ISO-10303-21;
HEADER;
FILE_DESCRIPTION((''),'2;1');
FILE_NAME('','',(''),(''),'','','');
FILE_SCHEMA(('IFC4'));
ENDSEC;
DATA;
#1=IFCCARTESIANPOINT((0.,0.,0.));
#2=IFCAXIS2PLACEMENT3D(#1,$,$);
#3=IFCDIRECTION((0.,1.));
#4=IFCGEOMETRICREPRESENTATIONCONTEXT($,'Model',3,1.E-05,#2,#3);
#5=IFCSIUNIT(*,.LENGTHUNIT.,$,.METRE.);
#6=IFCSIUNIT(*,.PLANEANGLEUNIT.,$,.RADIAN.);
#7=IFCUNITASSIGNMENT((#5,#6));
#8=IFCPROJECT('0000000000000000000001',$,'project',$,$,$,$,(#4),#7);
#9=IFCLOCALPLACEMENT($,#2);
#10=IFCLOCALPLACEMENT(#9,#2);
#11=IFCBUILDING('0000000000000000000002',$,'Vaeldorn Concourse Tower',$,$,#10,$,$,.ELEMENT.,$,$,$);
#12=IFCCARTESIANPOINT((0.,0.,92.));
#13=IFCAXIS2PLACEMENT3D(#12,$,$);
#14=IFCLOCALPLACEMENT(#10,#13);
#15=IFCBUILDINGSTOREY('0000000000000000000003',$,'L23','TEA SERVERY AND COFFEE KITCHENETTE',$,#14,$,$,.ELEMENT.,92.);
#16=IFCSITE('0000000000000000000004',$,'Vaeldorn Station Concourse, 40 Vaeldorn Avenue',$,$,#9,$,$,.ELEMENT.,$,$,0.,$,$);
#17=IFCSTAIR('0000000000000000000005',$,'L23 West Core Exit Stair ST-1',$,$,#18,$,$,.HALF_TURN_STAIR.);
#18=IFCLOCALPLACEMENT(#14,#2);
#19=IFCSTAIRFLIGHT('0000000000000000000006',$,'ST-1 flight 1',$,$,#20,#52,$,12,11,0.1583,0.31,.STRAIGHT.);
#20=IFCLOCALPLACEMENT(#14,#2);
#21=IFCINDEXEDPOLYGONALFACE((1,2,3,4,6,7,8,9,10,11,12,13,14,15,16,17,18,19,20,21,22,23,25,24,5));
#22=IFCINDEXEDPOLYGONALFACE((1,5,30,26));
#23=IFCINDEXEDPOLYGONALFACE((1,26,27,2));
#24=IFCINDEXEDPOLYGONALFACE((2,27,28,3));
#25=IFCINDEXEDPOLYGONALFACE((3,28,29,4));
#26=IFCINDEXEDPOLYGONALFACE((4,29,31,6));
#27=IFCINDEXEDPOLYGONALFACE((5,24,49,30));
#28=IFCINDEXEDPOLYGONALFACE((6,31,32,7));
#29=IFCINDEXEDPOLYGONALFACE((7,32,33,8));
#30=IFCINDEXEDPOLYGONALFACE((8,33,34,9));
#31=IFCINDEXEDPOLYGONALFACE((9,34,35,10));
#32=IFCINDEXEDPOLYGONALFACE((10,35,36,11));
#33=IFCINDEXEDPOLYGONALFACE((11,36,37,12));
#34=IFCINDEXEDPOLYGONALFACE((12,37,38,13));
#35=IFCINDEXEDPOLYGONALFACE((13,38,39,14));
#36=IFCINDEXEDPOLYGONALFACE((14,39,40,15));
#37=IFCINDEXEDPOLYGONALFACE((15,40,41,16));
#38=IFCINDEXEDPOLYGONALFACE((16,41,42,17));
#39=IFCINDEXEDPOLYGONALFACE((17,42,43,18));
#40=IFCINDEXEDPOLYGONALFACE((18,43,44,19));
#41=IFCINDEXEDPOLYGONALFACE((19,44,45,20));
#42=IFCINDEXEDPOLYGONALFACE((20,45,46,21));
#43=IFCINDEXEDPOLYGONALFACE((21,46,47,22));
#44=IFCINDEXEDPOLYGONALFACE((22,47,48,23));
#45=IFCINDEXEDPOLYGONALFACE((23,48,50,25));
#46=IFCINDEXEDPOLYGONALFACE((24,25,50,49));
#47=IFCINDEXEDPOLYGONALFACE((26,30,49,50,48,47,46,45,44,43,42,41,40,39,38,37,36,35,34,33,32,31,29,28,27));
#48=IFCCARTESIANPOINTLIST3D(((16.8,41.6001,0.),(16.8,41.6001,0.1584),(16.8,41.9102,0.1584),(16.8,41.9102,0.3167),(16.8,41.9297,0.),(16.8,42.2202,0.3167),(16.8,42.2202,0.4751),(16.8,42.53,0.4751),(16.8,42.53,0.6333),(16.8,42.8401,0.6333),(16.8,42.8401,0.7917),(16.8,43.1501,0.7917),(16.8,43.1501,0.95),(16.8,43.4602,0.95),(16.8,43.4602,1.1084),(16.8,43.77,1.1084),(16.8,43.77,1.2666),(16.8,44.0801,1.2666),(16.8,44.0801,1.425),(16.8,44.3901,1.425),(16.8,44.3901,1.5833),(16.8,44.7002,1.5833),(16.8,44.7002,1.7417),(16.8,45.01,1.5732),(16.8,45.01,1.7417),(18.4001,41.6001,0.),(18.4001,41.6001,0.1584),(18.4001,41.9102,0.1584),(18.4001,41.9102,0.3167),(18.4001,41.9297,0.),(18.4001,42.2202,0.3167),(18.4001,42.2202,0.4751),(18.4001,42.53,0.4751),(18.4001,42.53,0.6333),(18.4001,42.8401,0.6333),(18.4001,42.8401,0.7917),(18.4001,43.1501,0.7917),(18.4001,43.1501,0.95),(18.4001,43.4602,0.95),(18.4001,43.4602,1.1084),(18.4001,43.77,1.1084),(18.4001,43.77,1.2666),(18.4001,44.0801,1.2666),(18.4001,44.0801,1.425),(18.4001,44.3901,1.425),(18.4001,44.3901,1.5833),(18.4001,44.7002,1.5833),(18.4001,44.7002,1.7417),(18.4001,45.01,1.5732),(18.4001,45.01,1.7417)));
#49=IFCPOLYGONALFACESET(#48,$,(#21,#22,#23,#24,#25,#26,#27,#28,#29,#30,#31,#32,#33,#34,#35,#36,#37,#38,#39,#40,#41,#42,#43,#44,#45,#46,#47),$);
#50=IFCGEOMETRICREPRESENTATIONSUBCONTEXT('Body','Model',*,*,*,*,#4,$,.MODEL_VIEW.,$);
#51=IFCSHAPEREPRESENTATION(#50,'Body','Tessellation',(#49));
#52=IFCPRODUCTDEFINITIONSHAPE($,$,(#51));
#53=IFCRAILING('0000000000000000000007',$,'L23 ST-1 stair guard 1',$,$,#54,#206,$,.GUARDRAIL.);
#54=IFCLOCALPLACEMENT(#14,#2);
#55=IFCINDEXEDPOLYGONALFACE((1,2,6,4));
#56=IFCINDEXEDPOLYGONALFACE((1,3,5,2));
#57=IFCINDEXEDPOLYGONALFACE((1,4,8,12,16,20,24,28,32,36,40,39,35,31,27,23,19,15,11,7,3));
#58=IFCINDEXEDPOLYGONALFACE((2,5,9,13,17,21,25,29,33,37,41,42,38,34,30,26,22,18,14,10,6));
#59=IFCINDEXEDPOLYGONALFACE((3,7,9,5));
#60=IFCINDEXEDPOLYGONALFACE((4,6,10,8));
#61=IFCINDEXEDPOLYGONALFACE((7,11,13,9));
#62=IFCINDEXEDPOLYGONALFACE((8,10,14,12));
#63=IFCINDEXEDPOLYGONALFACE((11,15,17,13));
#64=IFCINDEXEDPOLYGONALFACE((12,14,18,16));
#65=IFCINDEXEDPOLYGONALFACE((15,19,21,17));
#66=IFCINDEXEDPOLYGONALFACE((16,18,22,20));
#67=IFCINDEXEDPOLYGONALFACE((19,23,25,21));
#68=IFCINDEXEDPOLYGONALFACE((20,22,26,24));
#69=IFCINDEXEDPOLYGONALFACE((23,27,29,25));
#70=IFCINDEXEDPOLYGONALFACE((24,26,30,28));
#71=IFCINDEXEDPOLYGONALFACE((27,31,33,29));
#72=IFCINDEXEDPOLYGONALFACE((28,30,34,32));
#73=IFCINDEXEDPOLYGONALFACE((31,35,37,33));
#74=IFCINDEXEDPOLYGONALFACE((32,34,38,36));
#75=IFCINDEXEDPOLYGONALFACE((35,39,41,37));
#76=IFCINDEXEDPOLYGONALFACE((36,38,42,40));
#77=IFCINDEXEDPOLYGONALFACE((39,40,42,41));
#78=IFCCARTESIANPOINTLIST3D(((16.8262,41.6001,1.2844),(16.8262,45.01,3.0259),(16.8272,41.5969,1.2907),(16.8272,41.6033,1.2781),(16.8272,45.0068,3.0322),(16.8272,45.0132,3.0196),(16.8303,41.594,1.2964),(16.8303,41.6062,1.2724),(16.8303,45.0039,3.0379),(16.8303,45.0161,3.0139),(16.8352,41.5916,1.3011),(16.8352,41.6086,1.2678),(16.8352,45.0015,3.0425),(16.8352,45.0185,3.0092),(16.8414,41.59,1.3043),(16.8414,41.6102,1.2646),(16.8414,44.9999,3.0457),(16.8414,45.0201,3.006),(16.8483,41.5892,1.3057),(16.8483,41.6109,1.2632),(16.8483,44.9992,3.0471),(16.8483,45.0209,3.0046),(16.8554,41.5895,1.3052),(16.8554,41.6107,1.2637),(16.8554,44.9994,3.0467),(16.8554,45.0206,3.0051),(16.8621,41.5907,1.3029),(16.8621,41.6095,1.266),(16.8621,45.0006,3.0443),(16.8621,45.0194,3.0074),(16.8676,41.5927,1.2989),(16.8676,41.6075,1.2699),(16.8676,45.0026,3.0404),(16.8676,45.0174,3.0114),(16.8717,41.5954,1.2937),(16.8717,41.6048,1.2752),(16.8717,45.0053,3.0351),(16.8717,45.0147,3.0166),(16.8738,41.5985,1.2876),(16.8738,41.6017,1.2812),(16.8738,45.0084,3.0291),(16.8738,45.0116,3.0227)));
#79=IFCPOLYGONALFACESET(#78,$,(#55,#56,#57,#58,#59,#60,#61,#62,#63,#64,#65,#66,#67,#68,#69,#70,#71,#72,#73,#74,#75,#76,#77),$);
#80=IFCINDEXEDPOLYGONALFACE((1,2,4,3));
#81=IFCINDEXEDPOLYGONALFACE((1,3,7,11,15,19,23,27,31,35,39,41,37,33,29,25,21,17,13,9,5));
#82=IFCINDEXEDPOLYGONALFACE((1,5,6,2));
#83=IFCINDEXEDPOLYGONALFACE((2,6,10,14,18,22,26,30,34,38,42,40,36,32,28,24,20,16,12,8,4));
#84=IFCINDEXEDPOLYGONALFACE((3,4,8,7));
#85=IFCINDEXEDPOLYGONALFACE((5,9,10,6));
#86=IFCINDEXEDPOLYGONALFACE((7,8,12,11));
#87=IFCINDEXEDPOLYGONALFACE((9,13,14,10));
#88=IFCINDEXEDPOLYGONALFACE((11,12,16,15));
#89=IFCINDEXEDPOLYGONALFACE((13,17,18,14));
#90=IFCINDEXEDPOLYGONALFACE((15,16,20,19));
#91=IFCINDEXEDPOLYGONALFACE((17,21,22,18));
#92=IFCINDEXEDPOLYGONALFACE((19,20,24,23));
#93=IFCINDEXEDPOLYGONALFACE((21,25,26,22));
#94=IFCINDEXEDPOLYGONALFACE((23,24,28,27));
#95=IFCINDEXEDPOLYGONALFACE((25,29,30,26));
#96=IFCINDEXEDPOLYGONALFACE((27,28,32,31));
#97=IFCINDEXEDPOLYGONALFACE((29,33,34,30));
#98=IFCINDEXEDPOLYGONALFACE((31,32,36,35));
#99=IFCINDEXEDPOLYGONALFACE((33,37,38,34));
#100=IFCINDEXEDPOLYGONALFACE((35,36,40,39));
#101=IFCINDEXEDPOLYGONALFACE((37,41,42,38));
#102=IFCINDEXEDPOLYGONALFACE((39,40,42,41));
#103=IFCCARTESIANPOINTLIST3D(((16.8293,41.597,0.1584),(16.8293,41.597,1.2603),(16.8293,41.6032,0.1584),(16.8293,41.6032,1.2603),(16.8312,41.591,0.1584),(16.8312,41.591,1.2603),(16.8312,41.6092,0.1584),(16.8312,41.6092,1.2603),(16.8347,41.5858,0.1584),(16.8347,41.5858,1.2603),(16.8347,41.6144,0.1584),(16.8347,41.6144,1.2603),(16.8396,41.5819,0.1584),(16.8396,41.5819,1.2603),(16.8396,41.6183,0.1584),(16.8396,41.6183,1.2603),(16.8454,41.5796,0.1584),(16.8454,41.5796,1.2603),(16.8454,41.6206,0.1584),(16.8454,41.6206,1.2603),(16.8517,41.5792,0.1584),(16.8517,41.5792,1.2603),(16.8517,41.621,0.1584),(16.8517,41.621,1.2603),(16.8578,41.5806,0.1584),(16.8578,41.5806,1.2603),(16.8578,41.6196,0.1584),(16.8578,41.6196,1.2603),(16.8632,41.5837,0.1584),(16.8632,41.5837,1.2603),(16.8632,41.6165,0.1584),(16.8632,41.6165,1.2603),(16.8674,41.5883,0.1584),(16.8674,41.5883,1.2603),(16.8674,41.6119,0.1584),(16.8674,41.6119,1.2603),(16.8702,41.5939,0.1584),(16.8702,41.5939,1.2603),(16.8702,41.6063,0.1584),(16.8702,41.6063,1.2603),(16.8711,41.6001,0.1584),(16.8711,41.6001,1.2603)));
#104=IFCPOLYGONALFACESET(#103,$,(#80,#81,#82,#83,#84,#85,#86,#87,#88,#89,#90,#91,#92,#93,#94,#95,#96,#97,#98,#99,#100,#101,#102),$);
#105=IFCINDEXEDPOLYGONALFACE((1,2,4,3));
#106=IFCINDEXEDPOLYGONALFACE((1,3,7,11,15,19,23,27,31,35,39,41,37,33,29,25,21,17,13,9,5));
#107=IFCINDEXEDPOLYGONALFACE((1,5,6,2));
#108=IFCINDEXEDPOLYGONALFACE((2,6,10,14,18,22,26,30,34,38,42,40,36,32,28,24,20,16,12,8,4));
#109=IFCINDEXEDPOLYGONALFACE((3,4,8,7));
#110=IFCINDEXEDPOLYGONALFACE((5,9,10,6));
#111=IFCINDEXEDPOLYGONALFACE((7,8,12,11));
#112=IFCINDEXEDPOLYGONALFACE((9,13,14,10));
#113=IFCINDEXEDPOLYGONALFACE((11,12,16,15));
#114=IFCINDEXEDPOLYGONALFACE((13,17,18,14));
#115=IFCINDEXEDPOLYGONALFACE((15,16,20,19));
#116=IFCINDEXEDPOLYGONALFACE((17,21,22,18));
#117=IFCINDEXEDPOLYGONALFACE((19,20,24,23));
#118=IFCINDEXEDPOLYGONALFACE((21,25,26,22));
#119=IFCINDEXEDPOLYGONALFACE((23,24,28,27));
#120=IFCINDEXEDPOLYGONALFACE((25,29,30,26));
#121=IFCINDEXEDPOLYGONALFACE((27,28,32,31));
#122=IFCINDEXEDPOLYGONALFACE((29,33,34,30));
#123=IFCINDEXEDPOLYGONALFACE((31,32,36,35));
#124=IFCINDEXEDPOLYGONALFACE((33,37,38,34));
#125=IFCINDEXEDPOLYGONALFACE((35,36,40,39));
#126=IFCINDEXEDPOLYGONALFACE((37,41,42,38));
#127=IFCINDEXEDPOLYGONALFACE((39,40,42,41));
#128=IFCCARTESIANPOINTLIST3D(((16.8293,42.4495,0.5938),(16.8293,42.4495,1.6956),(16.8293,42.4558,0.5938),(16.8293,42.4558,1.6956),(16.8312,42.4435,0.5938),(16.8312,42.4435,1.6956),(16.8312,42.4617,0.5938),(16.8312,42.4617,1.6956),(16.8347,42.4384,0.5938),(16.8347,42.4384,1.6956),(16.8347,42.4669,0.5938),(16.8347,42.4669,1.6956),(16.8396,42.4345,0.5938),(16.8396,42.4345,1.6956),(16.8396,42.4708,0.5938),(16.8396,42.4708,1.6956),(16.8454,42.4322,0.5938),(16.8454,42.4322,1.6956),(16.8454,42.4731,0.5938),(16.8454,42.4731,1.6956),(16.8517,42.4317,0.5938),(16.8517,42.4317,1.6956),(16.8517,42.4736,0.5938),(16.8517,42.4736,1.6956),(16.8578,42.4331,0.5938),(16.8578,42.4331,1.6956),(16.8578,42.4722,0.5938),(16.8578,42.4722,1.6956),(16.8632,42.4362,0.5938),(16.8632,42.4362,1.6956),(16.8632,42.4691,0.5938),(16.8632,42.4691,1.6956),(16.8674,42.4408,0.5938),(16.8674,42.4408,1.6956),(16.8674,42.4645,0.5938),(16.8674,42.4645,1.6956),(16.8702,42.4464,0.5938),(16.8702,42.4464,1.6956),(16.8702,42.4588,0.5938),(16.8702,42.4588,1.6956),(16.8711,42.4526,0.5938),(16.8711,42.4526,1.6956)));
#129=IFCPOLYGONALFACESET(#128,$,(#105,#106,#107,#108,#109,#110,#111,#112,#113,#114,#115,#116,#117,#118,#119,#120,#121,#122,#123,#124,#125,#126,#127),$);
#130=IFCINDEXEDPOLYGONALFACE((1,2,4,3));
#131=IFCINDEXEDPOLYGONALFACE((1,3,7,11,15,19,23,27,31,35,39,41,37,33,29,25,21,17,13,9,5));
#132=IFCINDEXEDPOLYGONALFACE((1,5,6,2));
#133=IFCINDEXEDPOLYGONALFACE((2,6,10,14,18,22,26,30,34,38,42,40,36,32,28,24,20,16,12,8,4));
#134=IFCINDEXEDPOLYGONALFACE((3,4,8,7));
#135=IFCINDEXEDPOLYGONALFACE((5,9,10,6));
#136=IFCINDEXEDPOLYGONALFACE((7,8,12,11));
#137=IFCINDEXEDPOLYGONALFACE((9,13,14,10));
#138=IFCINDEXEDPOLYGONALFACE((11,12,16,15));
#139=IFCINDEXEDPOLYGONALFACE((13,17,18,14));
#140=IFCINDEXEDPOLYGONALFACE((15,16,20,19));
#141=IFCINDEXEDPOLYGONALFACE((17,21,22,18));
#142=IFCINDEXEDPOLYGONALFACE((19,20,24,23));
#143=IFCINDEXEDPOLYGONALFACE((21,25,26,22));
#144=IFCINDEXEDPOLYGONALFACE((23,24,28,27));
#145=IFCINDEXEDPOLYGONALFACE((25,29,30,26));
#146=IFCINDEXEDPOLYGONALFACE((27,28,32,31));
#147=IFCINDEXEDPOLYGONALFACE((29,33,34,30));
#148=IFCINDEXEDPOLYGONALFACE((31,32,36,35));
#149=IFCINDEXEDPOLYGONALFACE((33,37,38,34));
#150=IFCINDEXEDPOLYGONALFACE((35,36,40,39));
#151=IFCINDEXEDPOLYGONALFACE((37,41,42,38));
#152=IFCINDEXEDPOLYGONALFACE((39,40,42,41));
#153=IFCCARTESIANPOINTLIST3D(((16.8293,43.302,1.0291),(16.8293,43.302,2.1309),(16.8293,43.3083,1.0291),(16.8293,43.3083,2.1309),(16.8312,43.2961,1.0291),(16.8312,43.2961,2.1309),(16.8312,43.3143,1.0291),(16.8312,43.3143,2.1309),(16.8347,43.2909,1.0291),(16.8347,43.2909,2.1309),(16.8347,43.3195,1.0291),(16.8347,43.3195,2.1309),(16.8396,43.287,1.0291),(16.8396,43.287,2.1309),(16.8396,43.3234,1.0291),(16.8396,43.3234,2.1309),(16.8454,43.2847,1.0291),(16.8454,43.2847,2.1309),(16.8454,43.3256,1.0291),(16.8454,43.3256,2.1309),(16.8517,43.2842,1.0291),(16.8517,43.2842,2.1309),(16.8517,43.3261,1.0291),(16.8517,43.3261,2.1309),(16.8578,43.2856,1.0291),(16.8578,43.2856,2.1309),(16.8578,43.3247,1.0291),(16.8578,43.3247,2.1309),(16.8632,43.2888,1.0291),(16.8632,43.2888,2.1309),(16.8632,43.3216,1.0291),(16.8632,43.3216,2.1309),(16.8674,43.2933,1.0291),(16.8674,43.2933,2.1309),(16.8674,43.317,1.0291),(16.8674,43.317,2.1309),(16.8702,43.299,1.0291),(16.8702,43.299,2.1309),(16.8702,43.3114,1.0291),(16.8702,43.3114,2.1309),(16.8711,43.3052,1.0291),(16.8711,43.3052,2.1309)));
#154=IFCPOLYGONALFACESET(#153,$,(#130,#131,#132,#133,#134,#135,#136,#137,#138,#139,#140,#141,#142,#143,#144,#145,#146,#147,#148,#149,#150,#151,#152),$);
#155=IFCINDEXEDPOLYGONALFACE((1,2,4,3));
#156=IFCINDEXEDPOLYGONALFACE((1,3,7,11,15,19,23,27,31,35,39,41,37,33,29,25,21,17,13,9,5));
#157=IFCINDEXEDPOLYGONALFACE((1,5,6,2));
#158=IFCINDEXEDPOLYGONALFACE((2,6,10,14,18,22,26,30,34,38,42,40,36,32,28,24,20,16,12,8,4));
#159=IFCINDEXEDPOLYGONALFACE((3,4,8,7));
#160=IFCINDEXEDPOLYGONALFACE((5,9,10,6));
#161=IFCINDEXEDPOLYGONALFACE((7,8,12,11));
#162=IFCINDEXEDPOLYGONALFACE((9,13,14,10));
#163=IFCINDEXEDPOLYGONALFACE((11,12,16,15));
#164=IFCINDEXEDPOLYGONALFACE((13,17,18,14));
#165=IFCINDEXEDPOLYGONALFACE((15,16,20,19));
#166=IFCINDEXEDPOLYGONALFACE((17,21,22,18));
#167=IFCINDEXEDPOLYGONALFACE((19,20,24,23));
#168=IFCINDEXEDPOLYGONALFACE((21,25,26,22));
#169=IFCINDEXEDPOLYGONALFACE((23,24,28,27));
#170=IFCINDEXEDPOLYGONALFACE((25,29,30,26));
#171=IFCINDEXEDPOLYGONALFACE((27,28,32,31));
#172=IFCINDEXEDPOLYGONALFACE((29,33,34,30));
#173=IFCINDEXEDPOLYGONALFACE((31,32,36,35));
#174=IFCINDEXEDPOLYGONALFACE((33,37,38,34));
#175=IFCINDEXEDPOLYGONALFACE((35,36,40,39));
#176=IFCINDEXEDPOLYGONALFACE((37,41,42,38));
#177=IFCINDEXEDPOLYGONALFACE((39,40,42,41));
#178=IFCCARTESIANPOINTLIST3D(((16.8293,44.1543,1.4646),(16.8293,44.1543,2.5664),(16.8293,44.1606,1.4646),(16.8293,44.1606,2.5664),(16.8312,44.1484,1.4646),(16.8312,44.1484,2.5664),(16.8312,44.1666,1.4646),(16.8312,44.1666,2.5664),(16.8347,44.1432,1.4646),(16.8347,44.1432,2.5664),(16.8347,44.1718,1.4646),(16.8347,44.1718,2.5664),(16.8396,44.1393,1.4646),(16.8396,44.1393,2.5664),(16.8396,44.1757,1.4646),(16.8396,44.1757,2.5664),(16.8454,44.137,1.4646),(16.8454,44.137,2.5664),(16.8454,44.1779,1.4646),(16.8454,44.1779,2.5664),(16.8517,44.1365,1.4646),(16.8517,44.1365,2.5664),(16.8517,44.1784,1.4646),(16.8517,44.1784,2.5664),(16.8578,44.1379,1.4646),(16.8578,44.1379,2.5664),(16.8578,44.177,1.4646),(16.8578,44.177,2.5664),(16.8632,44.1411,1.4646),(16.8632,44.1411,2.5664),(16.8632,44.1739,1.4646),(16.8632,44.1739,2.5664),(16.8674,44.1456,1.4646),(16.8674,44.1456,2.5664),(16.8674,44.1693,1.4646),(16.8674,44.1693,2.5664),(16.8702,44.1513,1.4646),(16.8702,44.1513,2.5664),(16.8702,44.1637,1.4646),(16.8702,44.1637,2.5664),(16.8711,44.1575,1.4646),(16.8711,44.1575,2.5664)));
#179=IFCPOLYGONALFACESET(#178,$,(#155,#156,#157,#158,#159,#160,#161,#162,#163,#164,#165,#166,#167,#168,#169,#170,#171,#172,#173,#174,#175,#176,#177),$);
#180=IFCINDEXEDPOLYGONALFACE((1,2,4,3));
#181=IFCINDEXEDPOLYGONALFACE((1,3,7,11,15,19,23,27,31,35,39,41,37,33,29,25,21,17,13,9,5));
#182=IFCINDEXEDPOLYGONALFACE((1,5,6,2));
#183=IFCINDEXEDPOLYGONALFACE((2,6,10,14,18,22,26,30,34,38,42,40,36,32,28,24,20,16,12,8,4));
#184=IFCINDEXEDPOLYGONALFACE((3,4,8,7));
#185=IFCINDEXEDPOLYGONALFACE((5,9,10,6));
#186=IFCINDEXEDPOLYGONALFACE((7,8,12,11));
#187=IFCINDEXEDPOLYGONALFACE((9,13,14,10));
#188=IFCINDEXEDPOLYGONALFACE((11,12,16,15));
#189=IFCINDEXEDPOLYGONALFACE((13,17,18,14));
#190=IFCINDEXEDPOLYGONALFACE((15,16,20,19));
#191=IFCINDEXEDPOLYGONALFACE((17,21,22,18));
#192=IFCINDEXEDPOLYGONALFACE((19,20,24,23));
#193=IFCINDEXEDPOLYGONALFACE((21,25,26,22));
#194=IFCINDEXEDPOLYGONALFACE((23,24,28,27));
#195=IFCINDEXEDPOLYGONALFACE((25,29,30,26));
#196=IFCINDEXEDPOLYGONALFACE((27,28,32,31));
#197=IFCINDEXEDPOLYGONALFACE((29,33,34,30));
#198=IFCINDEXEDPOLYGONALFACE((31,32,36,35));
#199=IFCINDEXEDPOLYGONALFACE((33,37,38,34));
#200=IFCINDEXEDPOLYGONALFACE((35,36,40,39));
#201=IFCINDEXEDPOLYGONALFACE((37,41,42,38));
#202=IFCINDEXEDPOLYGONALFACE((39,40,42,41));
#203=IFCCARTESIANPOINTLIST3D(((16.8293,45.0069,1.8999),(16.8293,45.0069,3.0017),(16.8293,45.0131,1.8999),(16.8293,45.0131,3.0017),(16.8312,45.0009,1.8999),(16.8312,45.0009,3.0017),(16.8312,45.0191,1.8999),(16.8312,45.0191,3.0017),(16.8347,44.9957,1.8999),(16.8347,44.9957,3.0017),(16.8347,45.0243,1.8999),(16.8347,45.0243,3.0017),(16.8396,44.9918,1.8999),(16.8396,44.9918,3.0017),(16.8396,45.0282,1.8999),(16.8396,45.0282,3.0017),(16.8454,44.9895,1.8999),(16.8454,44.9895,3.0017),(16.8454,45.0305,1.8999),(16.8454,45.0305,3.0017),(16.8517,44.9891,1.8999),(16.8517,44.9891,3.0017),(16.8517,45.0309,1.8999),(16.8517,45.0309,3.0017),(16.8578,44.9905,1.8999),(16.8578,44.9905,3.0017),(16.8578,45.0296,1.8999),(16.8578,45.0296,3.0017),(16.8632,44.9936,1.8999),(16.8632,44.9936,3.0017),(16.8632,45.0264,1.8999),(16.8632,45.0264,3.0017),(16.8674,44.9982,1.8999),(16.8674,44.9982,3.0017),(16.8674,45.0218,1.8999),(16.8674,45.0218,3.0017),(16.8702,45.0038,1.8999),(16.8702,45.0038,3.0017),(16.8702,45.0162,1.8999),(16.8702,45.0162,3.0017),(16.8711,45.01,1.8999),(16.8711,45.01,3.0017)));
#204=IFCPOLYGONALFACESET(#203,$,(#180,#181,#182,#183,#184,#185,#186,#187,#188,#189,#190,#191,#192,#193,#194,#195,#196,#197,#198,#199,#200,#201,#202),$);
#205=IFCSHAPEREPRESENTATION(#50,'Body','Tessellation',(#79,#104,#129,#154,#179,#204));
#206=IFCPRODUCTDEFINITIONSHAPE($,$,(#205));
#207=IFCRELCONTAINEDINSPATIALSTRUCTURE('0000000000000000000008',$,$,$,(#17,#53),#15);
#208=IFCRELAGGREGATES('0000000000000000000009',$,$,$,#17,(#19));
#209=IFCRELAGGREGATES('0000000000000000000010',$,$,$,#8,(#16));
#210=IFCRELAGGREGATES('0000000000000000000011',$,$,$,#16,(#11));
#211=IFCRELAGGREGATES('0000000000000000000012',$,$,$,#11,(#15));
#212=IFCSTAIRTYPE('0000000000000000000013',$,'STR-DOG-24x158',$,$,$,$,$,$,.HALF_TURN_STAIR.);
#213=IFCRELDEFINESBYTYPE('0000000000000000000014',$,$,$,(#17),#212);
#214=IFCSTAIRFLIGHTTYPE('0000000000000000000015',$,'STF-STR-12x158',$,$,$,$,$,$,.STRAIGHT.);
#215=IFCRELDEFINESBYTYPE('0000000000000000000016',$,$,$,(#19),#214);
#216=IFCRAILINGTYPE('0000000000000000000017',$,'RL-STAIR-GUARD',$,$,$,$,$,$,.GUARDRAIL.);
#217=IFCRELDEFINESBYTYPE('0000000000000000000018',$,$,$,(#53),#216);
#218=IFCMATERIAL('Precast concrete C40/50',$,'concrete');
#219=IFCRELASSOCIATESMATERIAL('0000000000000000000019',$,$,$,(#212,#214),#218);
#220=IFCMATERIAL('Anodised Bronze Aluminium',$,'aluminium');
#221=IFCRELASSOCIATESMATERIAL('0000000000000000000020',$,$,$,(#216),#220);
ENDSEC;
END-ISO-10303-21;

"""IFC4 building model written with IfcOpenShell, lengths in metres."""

from ifc_helpers import new_model, si_unit, direction, frame, origin, origin_2d, place, context, subcontext, project, spatial, polyline, circle, outline, extrude, material, type_object, element, aggregate, save


model = new_model("IFC4")

# Units and contexts
model_context = context("Model", 3, precision=1e-05, world=origin(), true_north=direction((0.0, 1.0)))
body_context = subcontext(model_context, "Body", "Model", "MODEL_VIEW")
ifc_project = project(units=[si_unit("LENGTHUNIT", "METRE"), si_unit("PLANEANGLEUNIT", "RADIAN")], contexts=[model_context])

# Site, building, storey
site_placement = place(None, origin())
site = spatial("IfcSite", under=ifc_project, at=site_placement, Name="Vaeldorn Station Concourse, 40 Vaeldorn Avenue", CompositionType="ELEMENT", RefElevation=0.0)
building_placement = place(site_placement, origin())
building = spatial("IfcBuilding", under=site, at=building_placement, Name="Vaeldorn Concourse Tower", CompositionType="ELEMENT")
storey_placement = place(building_placement, frame((0.0, 0.0, 92.0)))
storey = spatial("IfcBuildingStorey", under=building, at=storey_placement, Name="L23", Description="TEA SERVERY AND COFFEE KITCHENETTE", CompositionType="ELEMENT", Elevation=92.0)

# Shared definitions
ifc_material_1 = material(Name="Anodised Bronze Aluminium", Category="aluminium")

# Stair, stair flight
ifc_material_2 = material(Name="Precast concrete C40/50", Category="concrete")
stair_type = type_object("IfcStairType", Name="STR-DOG-24x158", PredefinedType="HALF_TURN_STAIR", material=ifc_material_2)
stair_placement = place(storey_placement, origin())
stair = element("IfcStair", 1, at=stair_placement, inside=storey, type_object=stair_type, Name="L23 West Core Exit Stair ST-1", PredefinedType="HALF_TURN_STAIR")
stair_flight_type = type_object("IfcStairFlightType", Name="STF-STR-12x158", PredefinedType="STRAIGHT", material=ifc_material_2)
stair_flight_placement = place(storey_placement, frame((17.6001, 41.6001, 0.0), z_axis=(0.0, 0.0, 1.0), x_axis=(0.0, 1.0, 0.0)))
stair_flight = element("IfcStairFlight", 2, at=stair_flight_placement, type_object=stair_flight_type, Name="ST-1 flight 1", NumberOfRisers=12, NumberOfTreads=11, PredefinedType="STRAIGHT", RiserHeight=0.1583, TreadLength=0.31, context=body_context, shape_type="SweptSolid", body=[
    extrude(outline(polyline([(0.0, 0.0), (0.0, 0.1584), (0.3101, 0.1584), (0.3101, 0.3167), (0.6201, 0.3167), (0.6201, 0.4751), (0.9299, 0.4751), (0.9299, 0.6333), (1.24, 0.6333), (1.24, 0.7917), (1.55, 0.7917), (1.55, 0.95), (1.8601, 0.95), (1.8601, 1.1084), (2.1699, 1.1084), (2.1699, 1.2666), (2.48, 1.2666), (2.48, 1.425), (2.79, 1.425), (2.79, 1.5833), (3.1001, 1.5833), (3.1001, 1.7417), (3.4099, 1.7417), (3.4099, 1.8999), (3.4099, 1.5732), (0.3296, 0.0), (0.0, 0.0)])), frame((0.0, 0.8, 0.0), z_axis=(0.0, -1.0, 0.0), x_axis=(1.0, 0.0, 0.0)), (0.0, 0.0, 1.0), 1.6001),
])
aggregate(stair, [stair_flight])

# Railing
railing_type = type_object("IfcRailingType", Name="RL-STAIR-GUARD", PredefinedType="GUARDRAIL", material=ifc_material_1)
railing_1_placement = place(storey_placement, frame((16.8501, 41.6001, 0.1584)))
element("IfcRailing", 3, at=railing_1_placement, inside=storey, type_object=railing_type, Name="L23 ST-1 stair guard 1", PredefinedType="GUARDRAIL", context=body_context, shape_type="SweptSolid", body=[
    extrude(circle(Radius=0.0239, at=origin_2d()), frame((0.0, 0.0, 1.126), z_axis=(0.0, 0.890582, 0.454823), x_axis=(-1.0, 0.0, 0.0)), (0.0, 0.0, 1.0), 3.8289),
    extrude(circle(Radius=0.021, at=origin_2d()), origin(), (0.0, 0.0, 1.0), 1.1018),
    extrude(circle(Radius=0.021, at=origin_2d()), frame((0.0, 0.8525, 0.4353)), (0.0, 0.0, 1.0), 1.1018),
    extrude(circle(Radius=0.021, at=origin_2d()), frame((0.0, 1.7051, 0.8706)), (0.0, 0.0, 1.0), 1.1018),
    extrude(circle(Radius=0.021, at=origin_2d()), frame((0.0, 2.5574, 1.3062)), (0.0, 0.0, 1.0), 1.1018),
    extrude(circle(Radius=0.021, at=origin_2d()), frame((0.0, 3.4099, 1.7415)), (0.0, 0.0, 1.0), 1.1018),
])

save(model, "model.ifc")
